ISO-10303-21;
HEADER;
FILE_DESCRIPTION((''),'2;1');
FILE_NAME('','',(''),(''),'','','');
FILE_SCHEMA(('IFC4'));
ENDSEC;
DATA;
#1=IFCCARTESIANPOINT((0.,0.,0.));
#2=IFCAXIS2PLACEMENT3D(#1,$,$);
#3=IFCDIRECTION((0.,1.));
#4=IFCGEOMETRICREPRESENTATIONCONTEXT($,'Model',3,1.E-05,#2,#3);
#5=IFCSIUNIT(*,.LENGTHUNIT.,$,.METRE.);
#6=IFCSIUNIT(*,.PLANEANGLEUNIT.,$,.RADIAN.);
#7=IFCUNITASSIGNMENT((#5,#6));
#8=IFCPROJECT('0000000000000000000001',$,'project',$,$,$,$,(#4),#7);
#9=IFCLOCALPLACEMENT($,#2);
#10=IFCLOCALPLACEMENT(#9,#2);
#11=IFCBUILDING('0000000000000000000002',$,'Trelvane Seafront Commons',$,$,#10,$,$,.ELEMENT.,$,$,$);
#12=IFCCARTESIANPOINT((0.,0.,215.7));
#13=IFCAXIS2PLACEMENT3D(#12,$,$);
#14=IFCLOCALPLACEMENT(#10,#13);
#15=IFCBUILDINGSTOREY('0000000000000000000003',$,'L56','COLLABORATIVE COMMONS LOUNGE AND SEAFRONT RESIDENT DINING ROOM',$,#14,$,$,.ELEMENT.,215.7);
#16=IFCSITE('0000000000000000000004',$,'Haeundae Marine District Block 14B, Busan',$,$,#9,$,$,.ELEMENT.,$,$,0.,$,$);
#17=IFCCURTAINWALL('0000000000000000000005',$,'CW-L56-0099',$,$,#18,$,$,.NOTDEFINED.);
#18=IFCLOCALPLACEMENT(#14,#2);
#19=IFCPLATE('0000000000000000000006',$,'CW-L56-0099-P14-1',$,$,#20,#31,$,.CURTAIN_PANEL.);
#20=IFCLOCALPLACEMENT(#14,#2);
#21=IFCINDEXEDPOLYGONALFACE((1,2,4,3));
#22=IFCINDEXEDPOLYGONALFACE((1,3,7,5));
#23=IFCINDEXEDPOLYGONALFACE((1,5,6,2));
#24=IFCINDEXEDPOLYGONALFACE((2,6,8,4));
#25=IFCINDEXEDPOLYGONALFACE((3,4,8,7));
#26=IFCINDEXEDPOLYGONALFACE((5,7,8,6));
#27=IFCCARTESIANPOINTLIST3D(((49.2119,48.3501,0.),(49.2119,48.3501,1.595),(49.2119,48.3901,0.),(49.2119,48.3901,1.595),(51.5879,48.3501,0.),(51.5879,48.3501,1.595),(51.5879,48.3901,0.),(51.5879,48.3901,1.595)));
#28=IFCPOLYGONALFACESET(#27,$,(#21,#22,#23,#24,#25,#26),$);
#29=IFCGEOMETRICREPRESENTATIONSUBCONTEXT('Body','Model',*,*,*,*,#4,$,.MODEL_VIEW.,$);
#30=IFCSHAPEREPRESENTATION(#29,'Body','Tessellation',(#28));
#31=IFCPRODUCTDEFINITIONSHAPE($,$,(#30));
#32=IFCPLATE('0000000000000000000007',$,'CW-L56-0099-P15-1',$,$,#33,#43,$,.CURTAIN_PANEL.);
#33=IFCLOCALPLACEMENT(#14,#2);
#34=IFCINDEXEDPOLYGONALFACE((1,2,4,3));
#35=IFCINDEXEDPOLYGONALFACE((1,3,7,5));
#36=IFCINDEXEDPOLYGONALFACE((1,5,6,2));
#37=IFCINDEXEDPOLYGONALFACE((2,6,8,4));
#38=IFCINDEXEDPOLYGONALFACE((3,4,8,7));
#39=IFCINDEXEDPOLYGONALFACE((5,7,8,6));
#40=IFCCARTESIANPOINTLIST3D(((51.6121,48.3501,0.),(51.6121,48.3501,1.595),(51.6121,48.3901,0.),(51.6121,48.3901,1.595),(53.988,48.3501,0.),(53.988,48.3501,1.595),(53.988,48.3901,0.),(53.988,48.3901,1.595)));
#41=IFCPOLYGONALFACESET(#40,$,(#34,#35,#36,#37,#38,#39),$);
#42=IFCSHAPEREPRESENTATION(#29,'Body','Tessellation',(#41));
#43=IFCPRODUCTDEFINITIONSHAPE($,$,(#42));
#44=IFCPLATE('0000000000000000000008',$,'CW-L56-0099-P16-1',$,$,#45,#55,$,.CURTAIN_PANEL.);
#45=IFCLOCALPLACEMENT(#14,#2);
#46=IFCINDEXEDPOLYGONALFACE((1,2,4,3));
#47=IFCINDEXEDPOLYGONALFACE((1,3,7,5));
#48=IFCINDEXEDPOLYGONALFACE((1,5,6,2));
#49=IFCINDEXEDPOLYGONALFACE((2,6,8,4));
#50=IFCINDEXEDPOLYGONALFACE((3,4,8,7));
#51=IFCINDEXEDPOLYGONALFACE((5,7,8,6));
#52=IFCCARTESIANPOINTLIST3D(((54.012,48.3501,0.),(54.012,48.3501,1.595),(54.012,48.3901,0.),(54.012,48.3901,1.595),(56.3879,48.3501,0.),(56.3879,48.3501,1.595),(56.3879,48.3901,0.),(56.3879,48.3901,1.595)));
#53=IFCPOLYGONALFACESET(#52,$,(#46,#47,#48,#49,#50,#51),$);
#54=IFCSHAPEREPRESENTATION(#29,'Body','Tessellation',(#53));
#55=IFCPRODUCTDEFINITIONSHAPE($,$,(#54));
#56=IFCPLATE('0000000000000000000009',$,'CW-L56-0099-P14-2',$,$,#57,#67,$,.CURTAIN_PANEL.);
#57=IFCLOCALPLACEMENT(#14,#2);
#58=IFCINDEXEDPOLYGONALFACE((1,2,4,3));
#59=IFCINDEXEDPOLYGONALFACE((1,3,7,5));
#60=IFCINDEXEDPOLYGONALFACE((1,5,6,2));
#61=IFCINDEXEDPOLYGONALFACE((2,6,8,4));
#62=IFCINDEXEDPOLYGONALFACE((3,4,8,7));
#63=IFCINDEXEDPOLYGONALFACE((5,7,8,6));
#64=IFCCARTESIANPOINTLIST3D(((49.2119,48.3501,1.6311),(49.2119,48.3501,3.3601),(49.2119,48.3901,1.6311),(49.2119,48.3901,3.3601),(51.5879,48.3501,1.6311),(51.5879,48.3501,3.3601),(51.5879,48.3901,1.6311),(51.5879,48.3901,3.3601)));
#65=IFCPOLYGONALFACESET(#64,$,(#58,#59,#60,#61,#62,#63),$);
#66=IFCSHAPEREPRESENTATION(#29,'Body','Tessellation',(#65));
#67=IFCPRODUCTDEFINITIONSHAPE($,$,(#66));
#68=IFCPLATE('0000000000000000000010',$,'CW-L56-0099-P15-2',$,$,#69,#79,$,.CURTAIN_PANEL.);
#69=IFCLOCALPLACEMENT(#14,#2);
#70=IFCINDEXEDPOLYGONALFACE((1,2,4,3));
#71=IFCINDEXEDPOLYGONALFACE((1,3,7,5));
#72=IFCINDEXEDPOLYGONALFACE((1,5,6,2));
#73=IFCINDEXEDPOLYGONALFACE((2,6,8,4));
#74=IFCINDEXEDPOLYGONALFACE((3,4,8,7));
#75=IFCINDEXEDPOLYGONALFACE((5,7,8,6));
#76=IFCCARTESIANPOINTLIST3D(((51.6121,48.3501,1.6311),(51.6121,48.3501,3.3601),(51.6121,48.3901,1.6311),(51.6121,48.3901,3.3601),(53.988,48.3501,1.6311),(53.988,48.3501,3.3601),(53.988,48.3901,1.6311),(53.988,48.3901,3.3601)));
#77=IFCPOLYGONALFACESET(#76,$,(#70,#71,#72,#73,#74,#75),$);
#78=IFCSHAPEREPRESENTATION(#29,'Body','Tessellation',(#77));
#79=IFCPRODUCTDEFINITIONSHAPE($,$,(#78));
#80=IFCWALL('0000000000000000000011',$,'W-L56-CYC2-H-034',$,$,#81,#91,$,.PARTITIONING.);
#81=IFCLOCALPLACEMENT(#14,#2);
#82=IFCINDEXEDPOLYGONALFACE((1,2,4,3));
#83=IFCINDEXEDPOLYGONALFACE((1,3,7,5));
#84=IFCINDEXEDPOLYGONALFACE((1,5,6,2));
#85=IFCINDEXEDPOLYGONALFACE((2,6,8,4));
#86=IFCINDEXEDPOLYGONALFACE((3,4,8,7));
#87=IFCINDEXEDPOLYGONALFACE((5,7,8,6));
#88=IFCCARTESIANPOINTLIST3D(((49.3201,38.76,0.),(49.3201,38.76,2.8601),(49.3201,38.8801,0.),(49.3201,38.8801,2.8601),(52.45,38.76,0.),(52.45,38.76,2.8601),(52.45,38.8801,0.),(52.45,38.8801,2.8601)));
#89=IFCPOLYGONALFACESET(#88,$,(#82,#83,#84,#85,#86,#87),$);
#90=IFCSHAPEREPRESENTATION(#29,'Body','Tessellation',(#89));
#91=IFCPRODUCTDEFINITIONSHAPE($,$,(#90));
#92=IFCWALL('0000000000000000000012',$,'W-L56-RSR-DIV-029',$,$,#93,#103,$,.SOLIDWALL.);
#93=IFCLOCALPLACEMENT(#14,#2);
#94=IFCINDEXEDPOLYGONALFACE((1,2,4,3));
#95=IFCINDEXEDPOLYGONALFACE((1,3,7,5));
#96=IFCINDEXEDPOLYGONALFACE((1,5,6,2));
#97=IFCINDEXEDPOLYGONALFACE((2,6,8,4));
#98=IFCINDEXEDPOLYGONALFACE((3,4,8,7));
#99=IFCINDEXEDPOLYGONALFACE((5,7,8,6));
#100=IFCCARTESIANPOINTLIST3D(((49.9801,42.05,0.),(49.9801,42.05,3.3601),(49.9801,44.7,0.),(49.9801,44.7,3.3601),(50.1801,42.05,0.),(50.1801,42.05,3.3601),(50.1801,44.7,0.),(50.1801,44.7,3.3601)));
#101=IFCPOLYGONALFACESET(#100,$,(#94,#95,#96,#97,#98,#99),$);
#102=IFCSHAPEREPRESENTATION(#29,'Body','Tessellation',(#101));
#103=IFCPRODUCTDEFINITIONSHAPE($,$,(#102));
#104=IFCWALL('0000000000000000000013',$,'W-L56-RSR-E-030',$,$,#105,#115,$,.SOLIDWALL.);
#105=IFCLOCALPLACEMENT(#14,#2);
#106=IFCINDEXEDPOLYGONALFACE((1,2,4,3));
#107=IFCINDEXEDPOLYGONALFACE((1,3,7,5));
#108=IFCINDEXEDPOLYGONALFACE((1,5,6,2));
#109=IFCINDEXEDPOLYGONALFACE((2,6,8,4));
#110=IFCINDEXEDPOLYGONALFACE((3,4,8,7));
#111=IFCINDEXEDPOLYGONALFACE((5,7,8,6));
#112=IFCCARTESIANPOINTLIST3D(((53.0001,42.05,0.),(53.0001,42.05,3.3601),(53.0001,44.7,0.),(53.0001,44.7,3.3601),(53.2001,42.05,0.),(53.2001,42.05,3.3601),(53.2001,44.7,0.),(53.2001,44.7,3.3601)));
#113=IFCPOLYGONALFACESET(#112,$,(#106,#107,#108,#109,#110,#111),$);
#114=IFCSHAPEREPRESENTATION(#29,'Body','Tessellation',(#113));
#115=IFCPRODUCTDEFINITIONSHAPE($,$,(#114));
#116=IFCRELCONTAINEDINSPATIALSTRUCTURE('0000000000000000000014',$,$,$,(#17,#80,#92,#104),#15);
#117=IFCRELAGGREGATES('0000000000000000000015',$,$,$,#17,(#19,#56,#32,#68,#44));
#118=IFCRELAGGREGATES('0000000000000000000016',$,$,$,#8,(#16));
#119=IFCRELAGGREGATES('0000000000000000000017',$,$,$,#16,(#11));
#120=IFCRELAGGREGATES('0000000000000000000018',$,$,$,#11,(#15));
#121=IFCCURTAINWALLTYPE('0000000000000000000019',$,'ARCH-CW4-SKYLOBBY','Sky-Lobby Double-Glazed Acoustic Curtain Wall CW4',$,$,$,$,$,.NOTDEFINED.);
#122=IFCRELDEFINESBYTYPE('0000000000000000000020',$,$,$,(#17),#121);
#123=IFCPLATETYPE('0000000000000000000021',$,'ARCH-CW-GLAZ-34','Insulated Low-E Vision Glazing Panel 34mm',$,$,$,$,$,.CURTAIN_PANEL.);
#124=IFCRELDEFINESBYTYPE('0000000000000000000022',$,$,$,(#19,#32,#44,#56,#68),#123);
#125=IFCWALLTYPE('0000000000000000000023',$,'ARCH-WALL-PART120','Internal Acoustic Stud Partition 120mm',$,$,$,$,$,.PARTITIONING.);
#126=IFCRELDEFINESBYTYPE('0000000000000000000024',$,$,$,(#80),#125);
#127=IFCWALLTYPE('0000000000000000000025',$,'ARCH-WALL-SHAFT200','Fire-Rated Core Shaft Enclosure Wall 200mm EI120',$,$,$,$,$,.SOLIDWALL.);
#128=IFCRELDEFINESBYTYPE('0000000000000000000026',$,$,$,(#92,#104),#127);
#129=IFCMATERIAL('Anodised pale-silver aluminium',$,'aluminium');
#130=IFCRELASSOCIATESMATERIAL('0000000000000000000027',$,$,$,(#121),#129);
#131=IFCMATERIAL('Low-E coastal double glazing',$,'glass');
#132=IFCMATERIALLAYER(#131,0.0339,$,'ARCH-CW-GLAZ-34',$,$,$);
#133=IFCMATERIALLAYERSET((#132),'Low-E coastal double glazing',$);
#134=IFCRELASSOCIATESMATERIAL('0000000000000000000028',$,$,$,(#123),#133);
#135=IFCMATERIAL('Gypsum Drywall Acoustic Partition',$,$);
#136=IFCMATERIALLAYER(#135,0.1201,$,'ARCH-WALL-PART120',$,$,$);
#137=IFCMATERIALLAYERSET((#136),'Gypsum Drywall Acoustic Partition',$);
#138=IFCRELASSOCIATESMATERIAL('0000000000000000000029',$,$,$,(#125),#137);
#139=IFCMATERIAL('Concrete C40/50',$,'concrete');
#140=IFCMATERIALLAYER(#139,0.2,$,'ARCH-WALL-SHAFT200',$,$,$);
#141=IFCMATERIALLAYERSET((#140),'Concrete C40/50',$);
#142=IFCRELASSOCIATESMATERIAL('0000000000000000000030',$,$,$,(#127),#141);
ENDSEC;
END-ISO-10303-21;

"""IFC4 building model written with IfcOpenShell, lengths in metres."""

from ifc_helpers import new_model, si_unit, direction, frame, frame_2d, origin, origin_2d, place, context, subcontext, project, spatial, rectangle, extrude, source, transform, mapped, material, layer, layer_set, type_object, element, aggregate, save


model = new_model("IFC4")

# Units and contexts
model_context = context("Model", 3, precision=1e-05, world=origin(), true_north=direction((0.0, 1.0)))
body_context = subcontext(model_context, "Body", "Model", "MODEL_VIEW")
ifc_project = project(units=[si_unit("LENGTHUNIT", "METRE"), si_unit("PLANEANGLEUNIT", "RADIAN")], contexts=[model_context])

# Site, building, storey
site_placement = place(None, origin())
site = spatial("IfcSite", under=ifc_project, at=site_placement, Name="Haeundae Marine District Block 14B, Busan", CompositionType="ELEMENT", RefElevation=0.0)
building_placement = place(site_placement, origin())
building = spatial("IfcBuilding", under=site, at=building_placement, Name="Trelvane Seafront Commons", CompositionType="ELEMENT")
storey_placement = place(building_placement, frame((0.0, 0.0, 215.7)))
storey = spatial("IfcBuildingStorey", under=building, at=storey_placement, Name="L56", Description="COLLABORATIVE COMMONS LOUNGE AND SEAFRONT RESIDENT DINING ROOM", CompositionType="ELEMENT", Elevation=215.7)

# Curtain wall
ifc_material_1 = material(Name="Anodised pale-silver aluminium", Category="aluminium")
curtain_wall_type = type_object("IfcCurtainWallType", Name="ARCH-CW4-SKYLOBBY", Description="Sky-Lobby Double-Glazed Acoustic Curtain Wall CW4", PredefinedType="NOTDEFINED", material=ifc_material_1)
curtain_wall_placement = place(storey_placement, origin())
curtain_wall = element("IfcCurtainWall", 1, at=curtain_wall_placement, inside=storey, type_object=curtain_wall_type, Name="CW-L56-0099", PredefinedType="NOTDEFINED")

# Plates
ifc_material_2 = material(Name="Low-E coastal double glazing", Category="glass")
ifc_layer_1 = layer(ifc_material_2, 0.0339, Name="ARCH-CW-GLAZ-34")
ifc_layer_set_1 = layer_set([ifc_layer_1], Name="Low-E coastal double glazing")
plate_type_1 = type_object("IfcPlateType", Name="ARCH-CW-GLAZ-34", Description="Insulated Low-E Vision Glazing Panel 34mm", PredefinedType="CURTAIN_PANEL", material=ifc_layer_set_1)
shared_shape_1 = source(origin(), body_context, "Body", "SweptSolid", [
    extrude(rectangle(XDim=2.376, YDim=0.04, at=origin_2d()), origin(), (0.0, 0.0, 1.0), 1.595),
])
plate_1_placement = place(storey_placement, frame((50.3999, 48.3701, 0.0), z_axis=(0.0, 0.0, 1.0), x_axis=(1.0, 0.0, 0.0)))
plate_1 = element("IfcPlate", 2, at=plate_1_placement, type_object=plate_type_1, Name="CW-L56-0099-P14-1", PredefinedType="CURTAIN_PANEL", context=body_context, shape_type="MappedRepresentation", body=[
    mapped(shared_shape_1, transform((0.0, 0.0, 0.0), x_axis=(1.0, 0.0, 0.0), y_axis=(0.0, 1.0, 0.0), z_axis=(0.0, 0.0, 1.0), scale=1.0)),
])
plate_2_placement = place(storey_placement, frame((52.8, 48.3701, 0.0), z_axis=(0.0, 0.0, 1.0), x_axis=(1.0, 0.0, 0.0)))
plate_2 = element("IfcPlate", 3, at=plate_2_placement, type_object=plate_type_1, Name="CW-L56-0099-P15-1", PredefinedType="CURTAIN_PANEL", context=body_context, shape_type="MappedRepresentation", body=[
    mapped(shared_shape_1, transform((0.0, 0.0, 0.0), x_axis=(1.0, 0.0, 0.0), y_axis=(0.0, 1.0, 0.0), z_axis=(0.0, 0.0, 1.0), scale=1.0)),
])
plate_3_placement = place(storey_placement, frame((55.2, 48.3701, 0.0), z_axis=(0.0, 0.0, 1.0), x_axis=(1.0, 0.0, 0.0)))
plate_3 = element("IfcPlate", 4, at=plate_3_placement, type_object=plate_type_1, Name="CW-L56-0099-P16-1", PredefinedType="CURTAIN_PANEL", context=body_context, shape_type="MappedRepresentation", body=[
    mapped(shared_shape_1, transform((0.0, 0.0, 0.0), x_axis=(1.0, 0.0, 0.0), y_axis=(0.0, 1.0, 0.0), z_axis=(0.0, 0.0, 1.0), scale=1.0)),
])
shared_shape_2 = source(origin(), body_context, "Body", "SweptSolid", [
    extrude(rectangle(XDim=2.376, YDim=0.04, at=origin_2d()), origin(), (0.0, 0.0, 1.0), 1.729),
])
plate_4_placement = place(storey_placement, frame((50.3999, 48.3701, 1.6311), z_axis=(0.0, 0.0, 1.0), x_axis=(1.0, 0.0, 0.0)))
plate_4 = element("IfcPlate", 5, at=plate_4_placement, type_object=plate_type_1, Name="CW-L56-0099-P14-2", PredefinedType="CURTAIN_PANEL", context=body_context, shape_type="MappedRepresentation", body=[
    mapped(shared_shape_2, transform((0.0, 0.0, 0.0), x_axis=(1.0, 0.0, 0.0), y_axis=(0.0, 1.0, 0.0), z_axis=(0.0, 0.0, 1.0), scale=1.0)),
])
plate_5_placement = place(storey_placement, frame((52.8, 48.3701, 1.6311), z_axis=(0.0, 0.0, 1.0), x_axis=(1.0, 0.0, 0.0)))
plate_5 = element("IfcPlate", 6, at=plate_5_placement, type_object=plate_type_1, Name="CW-L56-0099-P15-2", PredefinedType="CURTAIN_PANEL", context=body_context, shape_type="MappedRepresentation", body=[
    mapped(shared_shape_2, transform((0.0, 0.0, 0.0), x_axis=(1.0, 0.0, 0.0), y_axis=(0.0, 1.0, 0.0), z_axis=(0.0, 0.0, 1.0), scale=1.0)),
])
aggregate(curtain_wall, [plate_1, plate_4, plate_2, plate_5, plate_3])

# Walls
ifc_material_3 = material(Name="Gypsum Drywall Acoustic Partition")
ifc_layer_2 = layer(ifc_material_3, 0.1201, Name="ARCH-WALL-PART120")
ifc_layer_set_2 = layer_set([ifc_layer_2], Name="Gypsum Drywall Acoustic Partition")
wall_type_1 = type_object("IfcWallType", Name="ARCH-WALL-PART120", Description="Internal Acoustic Stud Partition 120mm", PredefinedType="PARTITIONING", material=ifc_layer_set_2)
wall_placement = place(storey_placement, frame((49.3201, 38.8201, 0.0), z_axis=(0.0, 0.0, 1.0), x_axis=(1.0, 0.0, 0.0)))
element("IfcWall", 7, at=wall_placement, inside=storey, type_object=wall_type_1, Name="W-L56-CYC2-H-034", PredefinedType="PARTITIONING", context=body_context, shape_type="SweptSolid", body=[
    extrude(rectangle(XDim=3.1299, YDim=0.1201, at=frame_2d((1.5649, 0.0))), origin(), (0.0, 0.0, 1.0), 2.8601),
])
ifc_material_4 = material(Name="Concrete C40/50", Category="concrete")
ifc_layer_3 = layer(ifc_material_4, 0.2, Name="ARCH-WALL-SHAFT200")
ifc_layer_set_3 = layer_set([ifc_layer_3], Name="Concrete C40/50")
wall_type_2 = type_object("IfcWallType", Name="ARCH-WALL-SHAFT200", Description="Fire-Rated Core Shaft Enclosure Wall 200mm EI120", PredefinedType="SOLIDWALL", material=ifc_layer_set_3)
for number, where, z_axis, x_axis, name in (
    (8, (50.0801, 42.05, 0.0), (0.0, 0.0, 1.0), (0.0, 1.0, 0.0), "W-L56-RSR-DIV-029"),
    (9, (53.1001, 42.05, 0.0), (0.0, 0.0, 1.0), (0.0, 1.0, 0.0), "W-L56-RSR-E-030"),
):
    element("IfcWall", number, at=place(storey_placement, frame(where, z_axis=z_axis, x_axis=x_axis)), inside=storey, type_object=wall_type_2, Name=name, PredefinedType="SOLIDWALL", context=body_context, shape_type="SweptSolid", body=[
        extrude(rectangle(XDim=2.6499, YDim=0.2, at=frame_2d((1.325, 0.0))), origin(), (0.0, 0.0, 1.0), 3.3601),
    ])

save(model, "model.ifc")
